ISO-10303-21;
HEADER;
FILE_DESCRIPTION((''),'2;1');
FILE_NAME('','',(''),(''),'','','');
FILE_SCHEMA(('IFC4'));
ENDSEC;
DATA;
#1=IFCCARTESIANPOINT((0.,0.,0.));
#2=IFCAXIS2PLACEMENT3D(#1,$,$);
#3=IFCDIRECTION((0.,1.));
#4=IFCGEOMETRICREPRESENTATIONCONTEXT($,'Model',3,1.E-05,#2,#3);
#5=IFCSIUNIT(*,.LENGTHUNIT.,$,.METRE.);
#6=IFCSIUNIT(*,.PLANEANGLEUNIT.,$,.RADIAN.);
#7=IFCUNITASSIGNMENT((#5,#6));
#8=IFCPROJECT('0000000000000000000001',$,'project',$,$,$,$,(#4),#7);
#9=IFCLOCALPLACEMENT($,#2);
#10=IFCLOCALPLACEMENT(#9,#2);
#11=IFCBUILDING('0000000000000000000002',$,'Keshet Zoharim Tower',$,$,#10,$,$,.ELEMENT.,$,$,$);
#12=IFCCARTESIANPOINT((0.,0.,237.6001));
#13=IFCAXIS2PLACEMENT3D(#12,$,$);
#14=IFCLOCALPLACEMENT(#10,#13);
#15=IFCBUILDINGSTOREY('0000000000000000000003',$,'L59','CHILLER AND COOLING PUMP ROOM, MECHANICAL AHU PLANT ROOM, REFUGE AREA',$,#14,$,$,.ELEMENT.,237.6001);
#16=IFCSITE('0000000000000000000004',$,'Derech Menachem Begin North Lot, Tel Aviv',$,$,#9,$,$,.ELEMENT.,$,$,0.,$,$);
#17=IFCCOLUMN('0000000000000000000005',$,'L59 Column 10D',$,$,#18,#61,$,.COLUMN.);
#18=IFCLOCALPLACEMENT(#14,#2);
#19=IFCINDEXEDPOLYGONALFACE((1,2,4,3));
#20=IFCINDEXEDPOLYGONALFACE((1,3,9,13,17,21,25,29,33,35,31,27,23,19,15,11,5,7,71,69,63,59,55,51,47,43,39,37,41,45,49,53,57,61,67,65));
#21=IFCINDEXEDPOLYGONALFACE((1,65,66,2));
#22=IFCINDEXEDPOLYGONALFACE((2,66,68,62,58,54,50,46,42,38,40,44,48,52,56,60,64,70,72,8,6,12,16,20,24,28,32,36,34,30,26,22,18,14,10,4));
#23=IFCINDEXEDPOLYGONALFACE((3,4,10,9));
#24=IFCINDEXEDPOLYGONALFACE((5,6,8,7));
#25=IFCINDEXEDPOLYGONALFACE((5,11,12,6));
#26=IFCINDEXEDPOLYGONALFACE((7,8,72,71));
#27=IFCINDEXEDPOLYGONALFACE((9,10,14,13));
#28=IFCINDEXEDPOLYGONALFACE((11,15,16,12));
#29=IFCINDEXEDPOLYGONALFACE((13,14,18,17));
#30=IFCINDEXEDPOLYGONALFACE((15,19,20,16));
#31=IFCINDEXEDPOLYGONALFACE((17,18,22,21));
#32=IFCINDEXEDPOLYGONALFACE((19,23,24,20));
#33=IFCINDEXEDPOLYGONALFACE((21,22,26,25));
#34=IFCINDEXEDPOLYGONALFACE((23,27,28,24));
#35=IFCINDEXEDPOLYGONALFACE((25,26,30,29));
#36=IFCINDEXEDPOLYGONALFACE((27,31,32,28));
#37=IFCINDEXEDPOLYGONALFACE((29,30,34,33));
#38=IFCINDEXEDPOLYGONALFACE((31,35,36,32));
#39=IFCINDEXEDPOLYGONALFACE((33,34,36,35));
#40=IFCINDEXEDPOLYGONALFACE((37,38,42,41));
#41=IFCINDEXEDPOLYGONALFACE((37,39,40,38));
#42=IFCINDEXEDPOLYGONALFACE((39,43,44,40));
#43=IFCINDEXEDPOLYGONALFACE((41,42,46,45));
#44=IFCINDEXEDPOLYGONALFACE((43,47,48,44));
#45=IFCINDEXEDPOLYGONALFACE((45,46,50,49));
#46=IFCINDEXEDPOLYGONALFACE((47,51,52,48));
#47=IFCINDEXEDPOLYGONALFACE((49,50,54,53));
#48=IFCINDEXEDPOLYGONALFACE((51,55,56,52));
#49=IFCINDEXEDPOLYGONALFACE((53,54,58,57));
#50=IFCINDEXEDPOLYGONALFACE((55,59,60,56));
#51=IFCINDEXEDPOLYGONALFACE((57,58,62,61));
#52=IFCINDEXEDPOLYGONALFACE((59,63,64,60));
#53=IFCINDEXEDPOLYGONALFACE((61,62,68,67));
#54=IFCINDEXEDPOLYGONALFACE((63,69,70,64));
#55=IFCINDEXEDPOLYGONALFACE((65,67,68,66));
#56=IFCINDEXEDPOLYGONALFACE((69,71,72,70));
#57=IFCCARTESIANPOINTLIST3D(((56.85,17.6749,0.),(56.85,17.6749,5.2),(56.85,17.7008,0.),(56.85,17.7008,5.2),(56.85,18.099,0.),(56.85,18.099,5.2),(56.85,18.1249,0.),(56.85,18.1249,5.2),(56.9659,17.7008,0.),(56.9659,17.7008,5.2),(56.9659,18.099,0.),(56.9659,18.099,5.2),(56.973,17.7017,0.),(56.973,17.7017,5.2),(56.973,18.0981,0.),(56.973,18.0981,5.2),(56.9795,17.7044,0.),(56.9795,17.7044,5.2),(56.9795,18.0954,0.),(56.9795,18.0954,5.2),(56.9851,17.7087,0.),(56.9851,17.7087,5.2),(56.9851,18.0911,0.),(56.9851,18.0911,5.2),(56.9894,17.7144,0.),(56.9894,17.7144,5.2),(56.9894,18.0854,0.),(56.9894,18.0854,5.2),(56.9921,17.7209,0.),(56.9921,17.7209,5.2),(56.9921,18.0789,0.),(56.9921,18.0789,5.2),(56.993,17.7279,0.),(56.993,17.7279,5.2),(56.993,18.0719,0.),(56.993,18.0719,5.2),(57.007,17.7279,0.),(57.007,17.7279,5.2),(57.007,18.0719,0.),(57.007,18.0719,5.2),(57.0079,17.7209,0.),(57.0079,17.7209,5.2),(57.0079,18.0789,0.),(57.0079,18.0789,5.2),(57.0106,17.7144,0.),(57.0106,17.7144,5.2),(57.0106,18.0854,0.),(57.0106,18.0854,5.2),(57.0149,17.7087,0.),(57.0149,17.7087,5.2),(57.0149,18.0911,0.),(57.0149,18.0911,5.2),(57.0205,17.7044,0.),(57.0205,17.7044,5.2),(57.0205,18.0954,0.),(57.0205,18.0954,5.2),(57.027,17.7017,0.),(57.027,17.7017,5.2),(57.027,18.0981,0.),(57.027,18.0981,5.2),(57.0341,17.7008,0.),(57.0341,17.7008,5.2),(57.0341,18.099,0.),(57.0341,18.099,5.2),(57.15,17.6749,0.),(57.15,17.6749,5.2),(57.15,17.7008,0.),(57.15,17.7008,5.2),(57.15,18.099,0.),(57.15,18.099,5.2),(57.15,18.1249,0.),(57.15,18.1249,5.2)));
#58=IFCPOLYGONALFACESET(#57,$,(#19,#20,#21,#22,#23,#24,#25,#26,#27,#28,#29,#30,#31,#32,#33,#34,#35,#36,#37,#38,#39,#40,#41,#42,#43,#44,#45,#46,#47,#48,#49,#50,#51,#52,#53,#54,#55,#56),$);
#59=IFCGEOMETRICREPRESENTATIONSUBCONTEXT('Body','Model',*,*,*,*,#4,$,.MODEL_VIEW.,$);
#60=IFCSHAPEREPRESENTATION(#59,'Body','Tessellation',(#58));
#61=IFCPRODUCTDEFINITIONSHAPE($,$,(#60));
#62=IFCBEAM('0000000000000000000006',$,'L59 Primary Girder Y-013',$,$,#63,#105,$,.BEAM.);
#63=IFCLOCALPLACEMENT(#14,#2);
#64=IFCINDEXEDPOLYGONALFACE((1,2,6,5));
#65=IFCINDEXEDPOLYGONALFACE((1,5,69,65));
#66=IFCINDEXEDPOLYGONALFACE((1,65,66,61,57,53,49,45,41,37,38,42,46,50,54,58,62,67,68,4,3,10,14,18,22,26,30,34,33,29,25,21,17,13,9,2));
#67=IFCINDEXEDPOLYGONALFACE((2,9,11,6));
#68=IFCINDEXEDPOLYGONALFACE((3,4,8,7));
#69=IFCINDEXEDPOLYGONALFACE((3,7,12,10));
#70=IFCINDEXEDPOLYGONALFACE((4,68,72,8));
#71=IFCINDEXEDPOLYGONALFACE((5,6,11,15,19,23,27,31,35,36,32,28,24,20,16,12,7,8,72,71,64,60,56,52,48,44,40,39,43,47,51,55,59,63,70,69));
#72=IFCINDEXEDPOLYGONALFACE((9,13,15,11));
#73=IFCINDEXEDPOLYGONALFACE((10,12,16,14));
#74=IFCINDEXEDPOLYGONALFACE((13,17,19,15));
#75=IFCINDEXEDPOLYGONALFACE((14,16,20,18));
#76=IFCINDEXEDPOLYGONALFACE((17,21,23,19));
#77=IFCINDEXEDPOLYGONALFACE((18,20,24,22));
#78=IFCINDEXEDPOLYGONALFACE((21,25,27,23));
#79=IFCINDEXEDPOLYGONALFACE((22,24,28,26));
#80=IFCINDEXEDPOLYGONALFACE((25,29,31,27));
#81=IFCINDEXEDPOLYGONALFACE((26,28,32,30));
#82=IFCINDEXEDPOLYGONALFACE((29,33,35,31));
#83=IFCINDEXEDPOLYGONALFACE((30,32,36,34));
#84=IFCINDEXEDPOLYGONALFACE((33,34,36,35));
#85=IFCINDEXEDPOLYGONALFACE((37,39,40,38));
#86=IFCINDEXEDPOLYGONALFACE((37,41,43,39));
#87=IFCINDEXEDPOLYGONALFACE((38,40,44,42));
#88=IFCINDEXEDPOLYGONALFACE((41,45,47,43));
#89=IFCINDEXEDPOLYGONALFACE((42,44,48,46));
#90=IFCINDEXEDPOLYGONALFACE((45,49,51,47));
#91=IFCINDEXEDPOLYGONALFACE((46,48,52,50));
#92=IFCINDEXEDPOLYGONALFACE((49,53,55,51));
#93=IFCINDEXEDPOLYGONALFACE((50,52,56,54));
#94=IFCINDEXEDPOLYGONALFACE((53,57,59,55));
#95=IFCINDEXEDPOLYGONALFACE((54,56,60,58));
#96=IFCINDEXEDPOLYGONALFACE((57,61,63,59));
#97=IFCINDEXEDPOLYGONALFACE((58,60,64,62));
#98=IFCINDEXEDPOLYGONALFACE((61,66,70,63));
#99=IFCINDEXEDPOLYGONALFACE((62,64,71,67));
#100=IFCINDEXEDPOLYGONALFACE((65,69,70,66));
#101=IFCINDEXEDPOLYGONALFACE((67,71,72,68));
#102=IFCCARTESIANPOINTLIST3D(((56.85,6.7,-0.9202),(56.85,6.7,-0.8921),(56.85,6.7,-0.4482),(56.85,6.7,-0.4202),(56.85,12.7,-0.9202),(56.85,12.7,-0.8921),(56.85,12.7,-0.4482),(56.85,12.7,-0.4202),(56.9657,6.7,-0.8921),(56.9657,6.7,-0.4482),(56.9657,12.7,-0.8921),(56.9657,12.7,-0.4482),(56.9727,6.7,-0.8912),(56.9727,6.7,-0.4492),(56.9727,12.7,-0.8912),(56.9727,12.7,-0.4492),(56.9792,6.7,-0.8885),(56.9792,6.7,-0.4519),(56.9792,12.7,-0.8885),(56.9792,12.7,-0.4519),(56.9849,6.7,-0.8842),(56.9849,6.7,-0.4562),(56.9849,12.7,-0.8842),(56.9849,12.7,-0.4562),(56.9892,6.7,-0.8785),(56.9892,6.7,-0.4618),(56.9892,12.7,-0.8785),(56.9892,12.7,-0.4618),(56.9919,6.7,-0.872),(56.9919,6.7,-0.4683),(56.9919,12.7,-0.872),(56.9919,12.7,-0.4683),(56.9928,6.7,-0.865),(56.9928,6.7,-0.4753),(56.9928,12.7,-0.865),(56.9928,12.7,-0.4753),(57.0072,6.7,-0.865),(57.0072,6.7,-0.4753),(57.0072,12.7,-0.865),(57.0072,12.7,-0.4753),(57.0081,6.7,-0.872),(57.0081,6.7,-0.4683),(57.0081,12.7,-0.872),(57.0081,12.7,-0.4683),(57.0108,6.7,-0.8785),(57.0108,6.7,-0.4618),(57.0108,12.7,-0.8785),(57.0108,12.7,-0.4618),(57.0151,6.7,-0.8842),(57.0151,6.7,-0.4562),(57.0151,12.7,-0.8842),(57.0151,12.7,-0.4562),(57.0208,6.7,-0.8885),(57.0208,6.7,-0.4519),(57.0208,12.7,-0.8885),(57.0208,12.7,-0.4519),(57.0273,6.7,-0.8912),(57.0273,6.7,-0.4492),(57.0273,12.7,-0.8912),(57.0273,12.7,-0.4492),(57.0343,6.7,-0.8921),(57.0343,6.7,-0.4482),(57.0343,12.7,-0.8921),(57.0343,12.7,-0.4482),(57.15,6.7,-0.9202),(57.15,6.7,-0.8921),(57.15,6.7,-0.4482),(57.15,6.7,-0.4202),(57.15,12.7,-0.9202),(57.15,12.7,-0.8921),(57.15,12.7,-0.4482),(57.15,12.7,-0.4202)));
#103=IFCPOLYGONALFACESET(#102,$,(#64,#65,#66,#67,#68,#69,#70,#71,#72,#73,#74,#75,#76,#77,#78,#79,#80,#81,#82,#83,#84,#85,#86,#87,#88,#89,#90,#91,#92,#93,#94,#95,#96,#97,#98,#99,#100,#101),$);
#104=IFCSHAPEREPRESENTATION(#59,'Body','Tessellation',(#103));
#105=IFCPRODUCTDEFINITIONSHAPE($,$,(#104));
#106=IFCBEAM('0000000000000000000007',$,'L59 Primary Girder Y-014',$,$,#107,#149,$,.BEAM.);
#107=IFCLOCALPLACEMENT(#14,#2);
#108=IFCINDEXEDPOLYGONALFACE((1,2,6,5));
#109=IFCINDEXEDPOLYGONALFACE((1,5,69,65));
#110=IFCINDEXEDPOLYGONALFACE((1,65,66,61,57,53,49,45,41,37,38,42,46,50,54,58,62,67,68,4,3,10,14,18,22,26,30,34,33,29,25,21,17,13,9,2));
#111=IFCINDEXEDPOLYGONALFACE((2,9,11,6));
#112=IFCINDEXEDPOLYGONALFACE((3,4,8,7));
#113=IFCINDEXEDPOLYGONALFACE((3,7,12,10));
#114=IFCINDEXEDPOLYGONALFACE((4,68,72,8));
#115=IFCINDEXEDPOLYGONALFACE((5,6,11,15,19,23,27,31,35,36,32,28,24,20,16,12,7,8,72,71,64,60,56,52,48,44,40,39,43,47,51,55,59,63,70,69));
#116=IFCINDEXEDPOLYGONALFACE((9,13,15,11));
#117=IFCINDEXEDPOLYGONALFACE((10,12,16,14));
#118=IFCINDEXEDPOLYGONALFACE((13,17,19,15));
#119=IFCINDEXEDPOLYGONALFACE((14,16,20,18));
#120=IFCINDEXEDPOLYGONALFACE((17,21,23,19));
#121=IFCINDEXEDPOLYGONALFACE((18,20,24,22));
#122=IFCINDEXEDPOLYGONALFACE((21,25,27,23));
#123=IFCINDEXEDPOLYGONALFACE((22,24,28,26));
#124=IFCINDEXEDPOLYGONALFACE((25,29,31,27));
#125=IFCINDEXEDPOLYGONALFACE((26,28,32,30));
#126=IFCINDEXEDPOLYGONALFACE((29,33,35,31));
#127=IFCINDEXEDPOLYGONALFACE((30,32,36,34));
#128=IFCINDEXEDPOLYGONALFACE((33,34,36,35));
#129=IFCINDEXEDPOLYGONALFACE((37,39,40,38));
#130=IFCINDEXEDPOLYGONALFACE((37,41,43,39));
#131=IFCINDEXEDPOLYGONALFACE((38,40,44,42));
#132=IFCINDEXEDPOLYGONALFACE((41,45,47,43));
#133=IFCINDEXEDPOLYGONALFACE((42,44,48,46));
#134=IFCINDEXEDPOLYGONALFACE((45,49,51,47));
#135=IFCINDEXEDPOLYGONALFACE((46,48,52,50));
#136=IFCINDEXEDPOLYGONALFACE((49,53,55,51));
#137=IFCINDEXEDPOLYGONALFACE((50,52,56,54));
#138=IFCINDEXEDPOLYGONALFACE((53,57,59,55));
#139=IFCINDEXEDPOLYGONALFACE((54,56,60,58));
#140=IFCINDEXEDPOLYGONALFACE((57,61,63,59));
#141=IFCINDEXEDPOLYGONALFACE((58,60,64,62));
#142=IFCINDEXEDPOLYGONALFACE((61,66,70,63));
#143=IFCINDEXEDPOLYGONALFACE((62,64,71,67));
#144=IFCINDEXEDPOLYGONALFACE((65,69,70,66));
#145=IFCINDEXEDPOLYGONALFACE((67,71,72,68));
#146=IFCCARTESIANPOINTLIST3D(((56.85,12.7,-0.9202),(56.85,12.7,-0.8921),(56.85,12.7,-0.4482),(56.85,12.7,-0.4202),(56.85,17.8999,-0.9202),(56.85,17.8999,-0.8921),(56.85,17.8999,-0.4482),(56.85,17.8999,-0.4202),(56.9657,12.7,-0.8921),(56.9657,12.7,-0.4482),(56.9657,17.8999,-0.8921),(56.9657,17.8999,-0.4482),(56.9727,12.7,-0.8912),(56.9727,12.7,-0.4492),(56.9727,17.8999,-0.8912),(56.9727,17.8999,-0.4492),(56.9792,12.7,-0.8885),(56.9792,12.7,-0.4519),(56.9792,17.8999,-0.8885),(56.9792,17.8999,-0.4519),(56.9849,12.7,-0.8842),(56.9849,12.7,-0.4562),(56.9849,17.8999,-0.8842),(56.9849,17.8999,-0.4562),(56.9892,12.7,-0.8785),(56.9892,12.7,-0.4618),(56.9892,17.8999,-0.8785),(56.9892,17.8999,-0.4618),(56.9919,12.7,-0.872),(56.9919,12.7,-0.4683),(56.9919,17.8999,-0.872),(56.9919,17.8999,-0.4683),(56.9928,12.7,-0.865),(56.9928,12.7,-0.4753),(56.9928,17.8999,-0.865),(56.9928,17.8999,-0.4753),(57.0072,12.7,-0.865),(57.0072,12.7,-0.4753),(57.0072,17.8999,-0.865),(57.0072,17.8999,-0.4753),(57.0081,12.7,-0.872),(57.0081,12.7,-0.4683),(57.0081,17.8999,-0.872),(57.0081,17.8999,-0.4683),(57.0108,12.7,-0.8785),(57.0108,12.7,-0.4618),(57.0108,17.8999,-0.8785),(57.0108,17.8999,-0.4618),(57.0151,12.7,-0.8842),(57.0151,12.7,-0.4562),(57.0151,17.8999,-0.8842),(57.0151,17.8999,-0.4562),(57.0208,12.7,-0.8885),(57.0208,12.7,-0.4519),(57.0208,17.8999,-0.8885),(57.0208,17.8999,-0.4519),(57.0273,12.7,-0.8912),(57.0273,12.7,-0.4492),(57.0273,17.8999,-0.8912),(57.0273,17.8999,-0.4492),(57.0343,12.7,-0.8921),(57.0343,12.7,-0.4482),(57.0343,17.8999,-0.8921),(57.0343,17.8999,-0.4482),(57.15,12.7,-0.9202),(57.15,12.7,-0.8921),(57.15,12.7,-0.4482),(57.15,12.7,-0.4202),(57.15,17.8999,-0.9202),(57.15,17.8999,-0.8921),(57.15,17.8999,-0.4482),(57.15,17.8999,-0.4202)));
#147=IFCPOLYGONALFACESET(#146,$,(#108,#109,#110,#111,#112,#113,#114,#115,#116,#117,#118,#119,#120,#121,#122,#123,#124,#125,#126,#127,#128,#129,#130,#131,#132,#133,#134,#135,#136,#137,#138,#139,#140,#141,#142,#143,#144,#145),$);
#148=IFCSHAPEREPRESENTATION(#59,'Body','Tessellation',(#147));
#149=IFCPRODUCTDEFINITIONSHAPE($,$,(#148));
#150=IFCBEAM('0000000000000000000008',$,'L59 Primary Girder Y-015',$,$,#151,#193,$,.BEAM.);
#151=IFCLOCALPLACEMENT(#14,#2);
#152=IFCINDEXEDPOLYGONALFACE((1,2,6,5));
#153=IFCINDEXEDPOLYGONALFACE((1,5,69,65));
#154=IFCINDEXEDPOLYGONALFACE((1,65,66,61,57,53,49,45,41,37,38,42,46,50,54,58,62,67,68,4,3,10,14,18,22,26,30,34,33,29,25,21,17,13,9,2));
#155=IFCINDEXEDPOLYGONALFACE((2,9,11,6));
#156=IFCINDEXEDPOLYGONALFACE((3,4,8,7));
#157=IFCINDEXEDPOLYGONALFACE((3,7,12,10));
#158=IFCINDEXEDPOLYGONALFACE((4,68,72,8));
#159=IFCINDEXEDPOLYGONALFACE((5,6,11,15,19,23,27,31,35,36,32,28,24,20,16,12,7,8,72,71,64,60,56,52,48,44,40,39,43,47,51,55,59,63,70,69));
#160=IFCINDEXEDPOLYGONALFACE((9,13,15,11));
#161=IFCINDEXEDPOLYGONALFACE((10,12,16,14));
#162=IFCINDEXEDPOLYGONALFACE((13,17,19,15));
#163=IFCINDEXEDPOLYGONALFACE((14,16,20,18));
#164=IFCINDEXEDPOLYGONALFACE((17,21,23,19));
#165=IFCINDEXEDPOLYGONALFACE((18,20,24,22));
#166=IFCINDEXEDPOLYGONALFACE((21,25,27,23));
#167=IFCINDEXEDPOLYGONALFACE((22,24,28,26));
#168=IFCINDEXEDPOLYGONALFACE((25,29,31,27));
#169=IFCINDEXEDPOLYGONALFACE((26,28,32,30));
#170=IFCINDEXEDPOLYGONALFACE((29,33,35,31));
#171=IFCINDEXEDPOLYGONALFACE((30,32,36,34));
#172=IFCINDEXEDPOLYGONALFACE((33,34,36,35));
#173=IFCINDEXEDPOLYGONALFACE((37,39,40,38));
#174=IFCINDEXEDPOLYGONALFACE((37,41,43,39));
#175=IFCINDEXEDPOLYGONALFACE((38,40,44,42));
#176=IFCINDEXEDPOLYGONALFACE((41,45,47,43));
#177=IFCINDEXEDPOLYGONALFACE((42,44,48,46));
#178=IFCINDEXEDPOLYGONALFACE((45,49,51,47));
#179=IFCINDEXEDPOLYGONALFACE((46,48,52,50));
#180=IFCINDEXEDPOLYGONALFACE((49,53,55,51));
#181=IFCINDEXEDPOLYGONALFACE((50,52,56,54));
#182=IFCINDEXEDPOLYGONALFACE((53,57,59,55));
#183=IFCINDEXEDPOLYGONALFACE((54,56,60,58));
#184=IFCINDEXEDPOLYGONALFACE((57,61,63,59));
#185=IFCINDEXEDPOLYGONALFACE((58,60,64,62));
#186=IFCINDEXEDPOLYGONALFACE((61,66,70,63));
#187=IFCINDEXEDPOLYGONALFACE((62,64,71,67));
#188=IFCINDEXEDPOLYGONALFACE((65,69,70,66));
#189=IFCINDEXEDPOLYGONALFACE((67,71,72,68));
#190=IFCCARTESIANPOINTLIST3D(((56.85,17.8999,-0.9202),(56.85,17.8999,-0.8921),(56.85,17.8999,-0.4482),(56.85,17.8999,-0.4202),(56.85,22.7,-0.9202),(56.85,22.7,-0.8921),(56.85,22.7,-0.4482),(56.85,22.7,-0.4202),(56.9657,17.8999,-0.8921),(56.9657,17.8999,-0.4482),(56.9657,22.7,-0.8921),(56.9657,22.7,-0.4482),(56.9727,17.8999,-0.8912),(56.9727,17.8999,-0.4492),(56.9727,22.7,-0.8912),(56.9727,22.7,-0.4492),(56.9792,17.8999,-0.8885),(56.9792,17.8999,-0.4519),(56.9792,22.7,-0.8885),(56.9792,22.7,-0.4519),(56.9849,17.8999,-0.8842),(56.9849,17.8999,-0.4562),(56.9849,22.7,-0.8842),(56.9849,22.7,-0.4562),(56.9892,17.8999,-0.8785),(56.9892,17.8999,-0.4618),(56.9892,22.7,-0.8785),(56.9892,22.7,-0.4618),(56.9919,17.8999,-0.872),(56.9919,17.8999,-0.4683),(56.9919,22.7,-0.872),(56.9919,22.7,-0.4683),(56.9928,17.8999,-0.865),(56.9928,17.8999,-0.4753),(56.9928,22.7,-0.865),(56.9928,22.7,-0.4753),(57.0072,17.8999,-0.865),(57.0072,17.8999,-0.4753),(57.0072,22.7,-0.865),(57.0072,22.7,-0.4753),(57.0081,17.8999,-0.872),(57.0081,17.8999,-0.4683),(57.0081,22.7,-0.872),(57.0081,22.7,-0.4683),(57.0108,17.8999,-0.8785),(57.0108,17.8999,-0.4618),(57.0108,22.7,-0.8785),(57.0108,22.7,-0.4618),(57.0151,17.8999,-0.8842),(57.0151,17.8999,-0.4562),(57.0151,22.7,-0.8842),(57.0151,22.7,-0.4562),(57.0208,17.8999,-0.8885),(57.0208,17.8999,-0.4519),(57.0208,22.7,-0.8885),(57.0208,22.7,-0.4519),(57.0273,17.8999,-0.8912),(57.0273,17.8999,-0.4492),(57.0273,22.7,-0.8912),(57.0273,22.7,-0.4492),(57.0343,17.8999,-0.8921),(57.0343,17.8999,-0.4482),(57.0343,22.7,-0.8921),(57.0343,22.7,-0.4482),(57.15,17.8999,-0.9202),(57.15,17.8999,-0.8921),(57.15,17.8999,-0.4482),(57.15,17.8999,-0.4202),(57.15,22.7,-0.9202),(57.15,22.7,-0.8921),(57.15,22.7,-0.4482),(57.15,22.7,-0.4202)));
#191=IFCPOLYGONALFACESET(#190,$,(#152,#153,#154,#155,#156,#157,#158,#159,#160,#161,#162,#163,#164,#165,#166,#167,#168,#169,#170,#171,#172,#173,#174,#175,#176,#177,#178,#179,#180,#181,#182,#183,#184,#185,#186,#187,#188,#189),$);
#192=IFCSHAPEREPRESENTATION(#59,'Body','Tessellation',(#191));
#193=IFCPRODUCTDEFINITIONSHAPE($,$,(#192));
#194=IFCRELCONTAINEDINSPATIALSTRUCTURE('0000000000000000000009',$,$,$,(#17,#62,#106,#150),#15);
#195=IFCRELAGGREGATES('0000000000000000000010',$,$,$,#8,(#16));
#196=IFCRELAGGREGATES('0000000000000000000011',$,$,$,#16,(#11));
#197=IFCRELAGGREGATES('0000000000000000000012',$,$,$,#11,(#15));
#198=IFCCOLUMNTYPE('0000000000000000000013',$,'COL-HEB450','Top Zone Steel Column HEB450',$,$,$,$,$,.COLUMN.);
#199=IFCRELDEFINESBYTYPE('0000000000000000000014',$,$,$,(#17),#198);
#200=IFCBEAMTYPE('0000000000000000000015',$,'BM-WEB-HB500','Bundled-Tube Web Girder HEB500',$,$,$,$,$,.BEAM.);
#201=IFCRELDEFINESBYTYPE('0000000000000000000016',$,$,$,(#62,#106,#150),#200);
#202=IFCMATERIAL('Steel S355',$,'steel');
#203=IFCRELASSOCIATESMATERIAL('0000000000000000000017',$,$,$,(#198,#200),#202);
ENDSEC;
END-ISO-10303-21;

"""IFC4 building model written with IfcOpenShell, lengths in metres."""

from ifc_helpers import new_model, si_unit, direction, frame, origin, origin_2d, place, context, subcontext, project, spatial, i_section, extrude, material, material_profile, profile_set, type_object, element, save


model = new_model("IFC4")

# Units and contexts
model_context = context("Model", 3, precision=1e-05, world=origin(), true_north=direction((0.0, 1.0)))
body_context = subcontext(model_context, "Body", "Model", "MODEL_VIEW")
ifc_project = project(units=[si_unit("LENGTHUNIT", "METRE"), si_unit("PLANEANGLEUNIT", "RADIAN")], contexts=[model_context])

# Site, building, storey
site_placement = place(None, origin())
site = spatial("IfcSite", under=ifc_project, at=site_placement, Name="Derech Menachem Begin North Lot, Tel Aviv", CompositionType="ELEMENT", RefElevation=0.0)
building_placement = place(site_placement, origin())
building = spatial("IfcBuilding", under=site, at=building_placement, Name="Keshet Zoharim Tower", CompositionType="ELEMENT")
storey_placement = place(building_placement, frame((0.0, 0.0, 237.6001)))
storey = spatial("IfcBuildingStorey", under=building, at=storey_placement, Name="L59", Description="CHILLER AND COOLING PUMP ROOM, MECHANICAL AHU PLANT ROOM, REFUGE AREA", CompositionType="ELEMENT", Elevation=237.6001)

# Column
ifc_material_1 = material(Name="Steel S355", Category="steel")
ifc_material_profile_1 = material_profile(ifc_material_1, i_section(OverallWidth=0.3, OverallDepth=0.45, WebThickness=0.0139, FlangeThickness=0.0259, FilletRadius=0.0271, at=origin_2d()), Name="HEB450")
ifc_profile_set_1 = profile_set([ifc_material_profile_1], Name="Steel S355")
column_type = type_object("IfcColumnType", Name="COL-HEB450", Description="Top Zone Steel Column HEB450", PredefinedType="COLUMN", material=ifc_profile_set_1)
for number, where, z_axis, x_axis, name in (
    (1, (57.0, 17.8999, 0.0), (0.0, 0.0, 1.0), (1.0, 0.0, 0.0), "L59 Column 10D"),
):
    element("IfcColumn", number, at=place(storey_placement, frame(where, z_axis=z_axis, x_axis=x_axis)), inside=storey, type_object=column_type, Name=name, PredefinedType="COLUMN", context=body_context, shape_type="SweptSolid", body=[
        extrude(i_section(OverallWidth=0.3, OverallDepth=0.45, WebThickness=0.0139, FlangeThickness=0.0259, FilletRadius=0.0271, at=origin_2d()), origin(), (0.0, 0.0, 1.0), 5.2),
    ])

# Beams
ifc_material_profile_2 = material_profile(ifc_material_1, i_section(OverallWidth=0.3, OverallDepth=0.5, WebThickness=0.0144, FlangeThickness=0.0281, FilletRadius=0.0271, at=origin_2d()), Name="HEB500")
ifc_profile_set_2 = profile_set([ifc_material_profile_2], Name="Steel S355")
beam_type_1 = type_object("IfcBeamType", Name="BM-WEB-HB500", Description="Bundled-Tube Web Girder HEB500", PredefinedType="BEAM", material=ifc_profile_set_2)
beam_1_placement = place(storey_placement, frame((57.0, 6.7, -0.6702), z_axis=(0.0, 1.0, 0.0), x_axis=(-1.0, 0.0, 0.0)))
element("IfcBeam", 2, at=beam_1_placement, inside=storey, type_object=beam_type_1, Name="L59 Primary Girder Y-013", PredefinedType="BEAM", context=body_context, shape_type="SweptSolid", body=[
    extrude(i_section(OverallWidth=0.3, OverallDepth=0.5, WebThickness=0.0144, FlangeThickness=0.0281, FilletRadius=0.0271, at=origin_2d()), origin(), (0.0, 0.0, 1.0), 6.0),
])
beam_2_placement = place(storey_placement, frame((57.0, 12.7, -0.6702), z_axis=(0.0, 1.0, 0.0), x_axis=(-1.0, 0.0, 0.0)))
element("IfcBeam", 3, at=beam_2_placement, inside=storey, type_object=beam_type_1, Name="L59 Primary Girder Y-014", PredefinedType="BEAM", context=body_context, shape_type="SweptSolid", body=[
    extrude(i_section(OverallWidth=0.3, OverallDepth=0.5, WebThickness=0.0144, FlangeThickness=0.0281, FilletRadius=0.0271, at=origin_2d()), origin(), (0.0, 0.0, 1.0), 5.2),
])
beam_3_placement = place(storey_placement, frame((57.0, 17.8999, -0.6702), z_axis=(0.0, 1.0, 0.0), x_axis=(-1.0, 0.0, 0.0)))
element("IfcBeam", 4, at=beam_3_placement, inside=storey, type_object=beam_type_1, Name="L59 Primary Girder Y-015", PredefinedType="BEAM", context=body_context, shape_type="SweptSolid", body=[
    extrude(i_section(OverallWidth=0.3, OverallDepth=0.5, WebThickness=0.0144, FlangeThickness=0.0281, FilletRadius=0.0271, at=origin_2d()), origin(), (0.0, 0.0, 1.0), 4.8),
])

save(model, "model.ifc")
